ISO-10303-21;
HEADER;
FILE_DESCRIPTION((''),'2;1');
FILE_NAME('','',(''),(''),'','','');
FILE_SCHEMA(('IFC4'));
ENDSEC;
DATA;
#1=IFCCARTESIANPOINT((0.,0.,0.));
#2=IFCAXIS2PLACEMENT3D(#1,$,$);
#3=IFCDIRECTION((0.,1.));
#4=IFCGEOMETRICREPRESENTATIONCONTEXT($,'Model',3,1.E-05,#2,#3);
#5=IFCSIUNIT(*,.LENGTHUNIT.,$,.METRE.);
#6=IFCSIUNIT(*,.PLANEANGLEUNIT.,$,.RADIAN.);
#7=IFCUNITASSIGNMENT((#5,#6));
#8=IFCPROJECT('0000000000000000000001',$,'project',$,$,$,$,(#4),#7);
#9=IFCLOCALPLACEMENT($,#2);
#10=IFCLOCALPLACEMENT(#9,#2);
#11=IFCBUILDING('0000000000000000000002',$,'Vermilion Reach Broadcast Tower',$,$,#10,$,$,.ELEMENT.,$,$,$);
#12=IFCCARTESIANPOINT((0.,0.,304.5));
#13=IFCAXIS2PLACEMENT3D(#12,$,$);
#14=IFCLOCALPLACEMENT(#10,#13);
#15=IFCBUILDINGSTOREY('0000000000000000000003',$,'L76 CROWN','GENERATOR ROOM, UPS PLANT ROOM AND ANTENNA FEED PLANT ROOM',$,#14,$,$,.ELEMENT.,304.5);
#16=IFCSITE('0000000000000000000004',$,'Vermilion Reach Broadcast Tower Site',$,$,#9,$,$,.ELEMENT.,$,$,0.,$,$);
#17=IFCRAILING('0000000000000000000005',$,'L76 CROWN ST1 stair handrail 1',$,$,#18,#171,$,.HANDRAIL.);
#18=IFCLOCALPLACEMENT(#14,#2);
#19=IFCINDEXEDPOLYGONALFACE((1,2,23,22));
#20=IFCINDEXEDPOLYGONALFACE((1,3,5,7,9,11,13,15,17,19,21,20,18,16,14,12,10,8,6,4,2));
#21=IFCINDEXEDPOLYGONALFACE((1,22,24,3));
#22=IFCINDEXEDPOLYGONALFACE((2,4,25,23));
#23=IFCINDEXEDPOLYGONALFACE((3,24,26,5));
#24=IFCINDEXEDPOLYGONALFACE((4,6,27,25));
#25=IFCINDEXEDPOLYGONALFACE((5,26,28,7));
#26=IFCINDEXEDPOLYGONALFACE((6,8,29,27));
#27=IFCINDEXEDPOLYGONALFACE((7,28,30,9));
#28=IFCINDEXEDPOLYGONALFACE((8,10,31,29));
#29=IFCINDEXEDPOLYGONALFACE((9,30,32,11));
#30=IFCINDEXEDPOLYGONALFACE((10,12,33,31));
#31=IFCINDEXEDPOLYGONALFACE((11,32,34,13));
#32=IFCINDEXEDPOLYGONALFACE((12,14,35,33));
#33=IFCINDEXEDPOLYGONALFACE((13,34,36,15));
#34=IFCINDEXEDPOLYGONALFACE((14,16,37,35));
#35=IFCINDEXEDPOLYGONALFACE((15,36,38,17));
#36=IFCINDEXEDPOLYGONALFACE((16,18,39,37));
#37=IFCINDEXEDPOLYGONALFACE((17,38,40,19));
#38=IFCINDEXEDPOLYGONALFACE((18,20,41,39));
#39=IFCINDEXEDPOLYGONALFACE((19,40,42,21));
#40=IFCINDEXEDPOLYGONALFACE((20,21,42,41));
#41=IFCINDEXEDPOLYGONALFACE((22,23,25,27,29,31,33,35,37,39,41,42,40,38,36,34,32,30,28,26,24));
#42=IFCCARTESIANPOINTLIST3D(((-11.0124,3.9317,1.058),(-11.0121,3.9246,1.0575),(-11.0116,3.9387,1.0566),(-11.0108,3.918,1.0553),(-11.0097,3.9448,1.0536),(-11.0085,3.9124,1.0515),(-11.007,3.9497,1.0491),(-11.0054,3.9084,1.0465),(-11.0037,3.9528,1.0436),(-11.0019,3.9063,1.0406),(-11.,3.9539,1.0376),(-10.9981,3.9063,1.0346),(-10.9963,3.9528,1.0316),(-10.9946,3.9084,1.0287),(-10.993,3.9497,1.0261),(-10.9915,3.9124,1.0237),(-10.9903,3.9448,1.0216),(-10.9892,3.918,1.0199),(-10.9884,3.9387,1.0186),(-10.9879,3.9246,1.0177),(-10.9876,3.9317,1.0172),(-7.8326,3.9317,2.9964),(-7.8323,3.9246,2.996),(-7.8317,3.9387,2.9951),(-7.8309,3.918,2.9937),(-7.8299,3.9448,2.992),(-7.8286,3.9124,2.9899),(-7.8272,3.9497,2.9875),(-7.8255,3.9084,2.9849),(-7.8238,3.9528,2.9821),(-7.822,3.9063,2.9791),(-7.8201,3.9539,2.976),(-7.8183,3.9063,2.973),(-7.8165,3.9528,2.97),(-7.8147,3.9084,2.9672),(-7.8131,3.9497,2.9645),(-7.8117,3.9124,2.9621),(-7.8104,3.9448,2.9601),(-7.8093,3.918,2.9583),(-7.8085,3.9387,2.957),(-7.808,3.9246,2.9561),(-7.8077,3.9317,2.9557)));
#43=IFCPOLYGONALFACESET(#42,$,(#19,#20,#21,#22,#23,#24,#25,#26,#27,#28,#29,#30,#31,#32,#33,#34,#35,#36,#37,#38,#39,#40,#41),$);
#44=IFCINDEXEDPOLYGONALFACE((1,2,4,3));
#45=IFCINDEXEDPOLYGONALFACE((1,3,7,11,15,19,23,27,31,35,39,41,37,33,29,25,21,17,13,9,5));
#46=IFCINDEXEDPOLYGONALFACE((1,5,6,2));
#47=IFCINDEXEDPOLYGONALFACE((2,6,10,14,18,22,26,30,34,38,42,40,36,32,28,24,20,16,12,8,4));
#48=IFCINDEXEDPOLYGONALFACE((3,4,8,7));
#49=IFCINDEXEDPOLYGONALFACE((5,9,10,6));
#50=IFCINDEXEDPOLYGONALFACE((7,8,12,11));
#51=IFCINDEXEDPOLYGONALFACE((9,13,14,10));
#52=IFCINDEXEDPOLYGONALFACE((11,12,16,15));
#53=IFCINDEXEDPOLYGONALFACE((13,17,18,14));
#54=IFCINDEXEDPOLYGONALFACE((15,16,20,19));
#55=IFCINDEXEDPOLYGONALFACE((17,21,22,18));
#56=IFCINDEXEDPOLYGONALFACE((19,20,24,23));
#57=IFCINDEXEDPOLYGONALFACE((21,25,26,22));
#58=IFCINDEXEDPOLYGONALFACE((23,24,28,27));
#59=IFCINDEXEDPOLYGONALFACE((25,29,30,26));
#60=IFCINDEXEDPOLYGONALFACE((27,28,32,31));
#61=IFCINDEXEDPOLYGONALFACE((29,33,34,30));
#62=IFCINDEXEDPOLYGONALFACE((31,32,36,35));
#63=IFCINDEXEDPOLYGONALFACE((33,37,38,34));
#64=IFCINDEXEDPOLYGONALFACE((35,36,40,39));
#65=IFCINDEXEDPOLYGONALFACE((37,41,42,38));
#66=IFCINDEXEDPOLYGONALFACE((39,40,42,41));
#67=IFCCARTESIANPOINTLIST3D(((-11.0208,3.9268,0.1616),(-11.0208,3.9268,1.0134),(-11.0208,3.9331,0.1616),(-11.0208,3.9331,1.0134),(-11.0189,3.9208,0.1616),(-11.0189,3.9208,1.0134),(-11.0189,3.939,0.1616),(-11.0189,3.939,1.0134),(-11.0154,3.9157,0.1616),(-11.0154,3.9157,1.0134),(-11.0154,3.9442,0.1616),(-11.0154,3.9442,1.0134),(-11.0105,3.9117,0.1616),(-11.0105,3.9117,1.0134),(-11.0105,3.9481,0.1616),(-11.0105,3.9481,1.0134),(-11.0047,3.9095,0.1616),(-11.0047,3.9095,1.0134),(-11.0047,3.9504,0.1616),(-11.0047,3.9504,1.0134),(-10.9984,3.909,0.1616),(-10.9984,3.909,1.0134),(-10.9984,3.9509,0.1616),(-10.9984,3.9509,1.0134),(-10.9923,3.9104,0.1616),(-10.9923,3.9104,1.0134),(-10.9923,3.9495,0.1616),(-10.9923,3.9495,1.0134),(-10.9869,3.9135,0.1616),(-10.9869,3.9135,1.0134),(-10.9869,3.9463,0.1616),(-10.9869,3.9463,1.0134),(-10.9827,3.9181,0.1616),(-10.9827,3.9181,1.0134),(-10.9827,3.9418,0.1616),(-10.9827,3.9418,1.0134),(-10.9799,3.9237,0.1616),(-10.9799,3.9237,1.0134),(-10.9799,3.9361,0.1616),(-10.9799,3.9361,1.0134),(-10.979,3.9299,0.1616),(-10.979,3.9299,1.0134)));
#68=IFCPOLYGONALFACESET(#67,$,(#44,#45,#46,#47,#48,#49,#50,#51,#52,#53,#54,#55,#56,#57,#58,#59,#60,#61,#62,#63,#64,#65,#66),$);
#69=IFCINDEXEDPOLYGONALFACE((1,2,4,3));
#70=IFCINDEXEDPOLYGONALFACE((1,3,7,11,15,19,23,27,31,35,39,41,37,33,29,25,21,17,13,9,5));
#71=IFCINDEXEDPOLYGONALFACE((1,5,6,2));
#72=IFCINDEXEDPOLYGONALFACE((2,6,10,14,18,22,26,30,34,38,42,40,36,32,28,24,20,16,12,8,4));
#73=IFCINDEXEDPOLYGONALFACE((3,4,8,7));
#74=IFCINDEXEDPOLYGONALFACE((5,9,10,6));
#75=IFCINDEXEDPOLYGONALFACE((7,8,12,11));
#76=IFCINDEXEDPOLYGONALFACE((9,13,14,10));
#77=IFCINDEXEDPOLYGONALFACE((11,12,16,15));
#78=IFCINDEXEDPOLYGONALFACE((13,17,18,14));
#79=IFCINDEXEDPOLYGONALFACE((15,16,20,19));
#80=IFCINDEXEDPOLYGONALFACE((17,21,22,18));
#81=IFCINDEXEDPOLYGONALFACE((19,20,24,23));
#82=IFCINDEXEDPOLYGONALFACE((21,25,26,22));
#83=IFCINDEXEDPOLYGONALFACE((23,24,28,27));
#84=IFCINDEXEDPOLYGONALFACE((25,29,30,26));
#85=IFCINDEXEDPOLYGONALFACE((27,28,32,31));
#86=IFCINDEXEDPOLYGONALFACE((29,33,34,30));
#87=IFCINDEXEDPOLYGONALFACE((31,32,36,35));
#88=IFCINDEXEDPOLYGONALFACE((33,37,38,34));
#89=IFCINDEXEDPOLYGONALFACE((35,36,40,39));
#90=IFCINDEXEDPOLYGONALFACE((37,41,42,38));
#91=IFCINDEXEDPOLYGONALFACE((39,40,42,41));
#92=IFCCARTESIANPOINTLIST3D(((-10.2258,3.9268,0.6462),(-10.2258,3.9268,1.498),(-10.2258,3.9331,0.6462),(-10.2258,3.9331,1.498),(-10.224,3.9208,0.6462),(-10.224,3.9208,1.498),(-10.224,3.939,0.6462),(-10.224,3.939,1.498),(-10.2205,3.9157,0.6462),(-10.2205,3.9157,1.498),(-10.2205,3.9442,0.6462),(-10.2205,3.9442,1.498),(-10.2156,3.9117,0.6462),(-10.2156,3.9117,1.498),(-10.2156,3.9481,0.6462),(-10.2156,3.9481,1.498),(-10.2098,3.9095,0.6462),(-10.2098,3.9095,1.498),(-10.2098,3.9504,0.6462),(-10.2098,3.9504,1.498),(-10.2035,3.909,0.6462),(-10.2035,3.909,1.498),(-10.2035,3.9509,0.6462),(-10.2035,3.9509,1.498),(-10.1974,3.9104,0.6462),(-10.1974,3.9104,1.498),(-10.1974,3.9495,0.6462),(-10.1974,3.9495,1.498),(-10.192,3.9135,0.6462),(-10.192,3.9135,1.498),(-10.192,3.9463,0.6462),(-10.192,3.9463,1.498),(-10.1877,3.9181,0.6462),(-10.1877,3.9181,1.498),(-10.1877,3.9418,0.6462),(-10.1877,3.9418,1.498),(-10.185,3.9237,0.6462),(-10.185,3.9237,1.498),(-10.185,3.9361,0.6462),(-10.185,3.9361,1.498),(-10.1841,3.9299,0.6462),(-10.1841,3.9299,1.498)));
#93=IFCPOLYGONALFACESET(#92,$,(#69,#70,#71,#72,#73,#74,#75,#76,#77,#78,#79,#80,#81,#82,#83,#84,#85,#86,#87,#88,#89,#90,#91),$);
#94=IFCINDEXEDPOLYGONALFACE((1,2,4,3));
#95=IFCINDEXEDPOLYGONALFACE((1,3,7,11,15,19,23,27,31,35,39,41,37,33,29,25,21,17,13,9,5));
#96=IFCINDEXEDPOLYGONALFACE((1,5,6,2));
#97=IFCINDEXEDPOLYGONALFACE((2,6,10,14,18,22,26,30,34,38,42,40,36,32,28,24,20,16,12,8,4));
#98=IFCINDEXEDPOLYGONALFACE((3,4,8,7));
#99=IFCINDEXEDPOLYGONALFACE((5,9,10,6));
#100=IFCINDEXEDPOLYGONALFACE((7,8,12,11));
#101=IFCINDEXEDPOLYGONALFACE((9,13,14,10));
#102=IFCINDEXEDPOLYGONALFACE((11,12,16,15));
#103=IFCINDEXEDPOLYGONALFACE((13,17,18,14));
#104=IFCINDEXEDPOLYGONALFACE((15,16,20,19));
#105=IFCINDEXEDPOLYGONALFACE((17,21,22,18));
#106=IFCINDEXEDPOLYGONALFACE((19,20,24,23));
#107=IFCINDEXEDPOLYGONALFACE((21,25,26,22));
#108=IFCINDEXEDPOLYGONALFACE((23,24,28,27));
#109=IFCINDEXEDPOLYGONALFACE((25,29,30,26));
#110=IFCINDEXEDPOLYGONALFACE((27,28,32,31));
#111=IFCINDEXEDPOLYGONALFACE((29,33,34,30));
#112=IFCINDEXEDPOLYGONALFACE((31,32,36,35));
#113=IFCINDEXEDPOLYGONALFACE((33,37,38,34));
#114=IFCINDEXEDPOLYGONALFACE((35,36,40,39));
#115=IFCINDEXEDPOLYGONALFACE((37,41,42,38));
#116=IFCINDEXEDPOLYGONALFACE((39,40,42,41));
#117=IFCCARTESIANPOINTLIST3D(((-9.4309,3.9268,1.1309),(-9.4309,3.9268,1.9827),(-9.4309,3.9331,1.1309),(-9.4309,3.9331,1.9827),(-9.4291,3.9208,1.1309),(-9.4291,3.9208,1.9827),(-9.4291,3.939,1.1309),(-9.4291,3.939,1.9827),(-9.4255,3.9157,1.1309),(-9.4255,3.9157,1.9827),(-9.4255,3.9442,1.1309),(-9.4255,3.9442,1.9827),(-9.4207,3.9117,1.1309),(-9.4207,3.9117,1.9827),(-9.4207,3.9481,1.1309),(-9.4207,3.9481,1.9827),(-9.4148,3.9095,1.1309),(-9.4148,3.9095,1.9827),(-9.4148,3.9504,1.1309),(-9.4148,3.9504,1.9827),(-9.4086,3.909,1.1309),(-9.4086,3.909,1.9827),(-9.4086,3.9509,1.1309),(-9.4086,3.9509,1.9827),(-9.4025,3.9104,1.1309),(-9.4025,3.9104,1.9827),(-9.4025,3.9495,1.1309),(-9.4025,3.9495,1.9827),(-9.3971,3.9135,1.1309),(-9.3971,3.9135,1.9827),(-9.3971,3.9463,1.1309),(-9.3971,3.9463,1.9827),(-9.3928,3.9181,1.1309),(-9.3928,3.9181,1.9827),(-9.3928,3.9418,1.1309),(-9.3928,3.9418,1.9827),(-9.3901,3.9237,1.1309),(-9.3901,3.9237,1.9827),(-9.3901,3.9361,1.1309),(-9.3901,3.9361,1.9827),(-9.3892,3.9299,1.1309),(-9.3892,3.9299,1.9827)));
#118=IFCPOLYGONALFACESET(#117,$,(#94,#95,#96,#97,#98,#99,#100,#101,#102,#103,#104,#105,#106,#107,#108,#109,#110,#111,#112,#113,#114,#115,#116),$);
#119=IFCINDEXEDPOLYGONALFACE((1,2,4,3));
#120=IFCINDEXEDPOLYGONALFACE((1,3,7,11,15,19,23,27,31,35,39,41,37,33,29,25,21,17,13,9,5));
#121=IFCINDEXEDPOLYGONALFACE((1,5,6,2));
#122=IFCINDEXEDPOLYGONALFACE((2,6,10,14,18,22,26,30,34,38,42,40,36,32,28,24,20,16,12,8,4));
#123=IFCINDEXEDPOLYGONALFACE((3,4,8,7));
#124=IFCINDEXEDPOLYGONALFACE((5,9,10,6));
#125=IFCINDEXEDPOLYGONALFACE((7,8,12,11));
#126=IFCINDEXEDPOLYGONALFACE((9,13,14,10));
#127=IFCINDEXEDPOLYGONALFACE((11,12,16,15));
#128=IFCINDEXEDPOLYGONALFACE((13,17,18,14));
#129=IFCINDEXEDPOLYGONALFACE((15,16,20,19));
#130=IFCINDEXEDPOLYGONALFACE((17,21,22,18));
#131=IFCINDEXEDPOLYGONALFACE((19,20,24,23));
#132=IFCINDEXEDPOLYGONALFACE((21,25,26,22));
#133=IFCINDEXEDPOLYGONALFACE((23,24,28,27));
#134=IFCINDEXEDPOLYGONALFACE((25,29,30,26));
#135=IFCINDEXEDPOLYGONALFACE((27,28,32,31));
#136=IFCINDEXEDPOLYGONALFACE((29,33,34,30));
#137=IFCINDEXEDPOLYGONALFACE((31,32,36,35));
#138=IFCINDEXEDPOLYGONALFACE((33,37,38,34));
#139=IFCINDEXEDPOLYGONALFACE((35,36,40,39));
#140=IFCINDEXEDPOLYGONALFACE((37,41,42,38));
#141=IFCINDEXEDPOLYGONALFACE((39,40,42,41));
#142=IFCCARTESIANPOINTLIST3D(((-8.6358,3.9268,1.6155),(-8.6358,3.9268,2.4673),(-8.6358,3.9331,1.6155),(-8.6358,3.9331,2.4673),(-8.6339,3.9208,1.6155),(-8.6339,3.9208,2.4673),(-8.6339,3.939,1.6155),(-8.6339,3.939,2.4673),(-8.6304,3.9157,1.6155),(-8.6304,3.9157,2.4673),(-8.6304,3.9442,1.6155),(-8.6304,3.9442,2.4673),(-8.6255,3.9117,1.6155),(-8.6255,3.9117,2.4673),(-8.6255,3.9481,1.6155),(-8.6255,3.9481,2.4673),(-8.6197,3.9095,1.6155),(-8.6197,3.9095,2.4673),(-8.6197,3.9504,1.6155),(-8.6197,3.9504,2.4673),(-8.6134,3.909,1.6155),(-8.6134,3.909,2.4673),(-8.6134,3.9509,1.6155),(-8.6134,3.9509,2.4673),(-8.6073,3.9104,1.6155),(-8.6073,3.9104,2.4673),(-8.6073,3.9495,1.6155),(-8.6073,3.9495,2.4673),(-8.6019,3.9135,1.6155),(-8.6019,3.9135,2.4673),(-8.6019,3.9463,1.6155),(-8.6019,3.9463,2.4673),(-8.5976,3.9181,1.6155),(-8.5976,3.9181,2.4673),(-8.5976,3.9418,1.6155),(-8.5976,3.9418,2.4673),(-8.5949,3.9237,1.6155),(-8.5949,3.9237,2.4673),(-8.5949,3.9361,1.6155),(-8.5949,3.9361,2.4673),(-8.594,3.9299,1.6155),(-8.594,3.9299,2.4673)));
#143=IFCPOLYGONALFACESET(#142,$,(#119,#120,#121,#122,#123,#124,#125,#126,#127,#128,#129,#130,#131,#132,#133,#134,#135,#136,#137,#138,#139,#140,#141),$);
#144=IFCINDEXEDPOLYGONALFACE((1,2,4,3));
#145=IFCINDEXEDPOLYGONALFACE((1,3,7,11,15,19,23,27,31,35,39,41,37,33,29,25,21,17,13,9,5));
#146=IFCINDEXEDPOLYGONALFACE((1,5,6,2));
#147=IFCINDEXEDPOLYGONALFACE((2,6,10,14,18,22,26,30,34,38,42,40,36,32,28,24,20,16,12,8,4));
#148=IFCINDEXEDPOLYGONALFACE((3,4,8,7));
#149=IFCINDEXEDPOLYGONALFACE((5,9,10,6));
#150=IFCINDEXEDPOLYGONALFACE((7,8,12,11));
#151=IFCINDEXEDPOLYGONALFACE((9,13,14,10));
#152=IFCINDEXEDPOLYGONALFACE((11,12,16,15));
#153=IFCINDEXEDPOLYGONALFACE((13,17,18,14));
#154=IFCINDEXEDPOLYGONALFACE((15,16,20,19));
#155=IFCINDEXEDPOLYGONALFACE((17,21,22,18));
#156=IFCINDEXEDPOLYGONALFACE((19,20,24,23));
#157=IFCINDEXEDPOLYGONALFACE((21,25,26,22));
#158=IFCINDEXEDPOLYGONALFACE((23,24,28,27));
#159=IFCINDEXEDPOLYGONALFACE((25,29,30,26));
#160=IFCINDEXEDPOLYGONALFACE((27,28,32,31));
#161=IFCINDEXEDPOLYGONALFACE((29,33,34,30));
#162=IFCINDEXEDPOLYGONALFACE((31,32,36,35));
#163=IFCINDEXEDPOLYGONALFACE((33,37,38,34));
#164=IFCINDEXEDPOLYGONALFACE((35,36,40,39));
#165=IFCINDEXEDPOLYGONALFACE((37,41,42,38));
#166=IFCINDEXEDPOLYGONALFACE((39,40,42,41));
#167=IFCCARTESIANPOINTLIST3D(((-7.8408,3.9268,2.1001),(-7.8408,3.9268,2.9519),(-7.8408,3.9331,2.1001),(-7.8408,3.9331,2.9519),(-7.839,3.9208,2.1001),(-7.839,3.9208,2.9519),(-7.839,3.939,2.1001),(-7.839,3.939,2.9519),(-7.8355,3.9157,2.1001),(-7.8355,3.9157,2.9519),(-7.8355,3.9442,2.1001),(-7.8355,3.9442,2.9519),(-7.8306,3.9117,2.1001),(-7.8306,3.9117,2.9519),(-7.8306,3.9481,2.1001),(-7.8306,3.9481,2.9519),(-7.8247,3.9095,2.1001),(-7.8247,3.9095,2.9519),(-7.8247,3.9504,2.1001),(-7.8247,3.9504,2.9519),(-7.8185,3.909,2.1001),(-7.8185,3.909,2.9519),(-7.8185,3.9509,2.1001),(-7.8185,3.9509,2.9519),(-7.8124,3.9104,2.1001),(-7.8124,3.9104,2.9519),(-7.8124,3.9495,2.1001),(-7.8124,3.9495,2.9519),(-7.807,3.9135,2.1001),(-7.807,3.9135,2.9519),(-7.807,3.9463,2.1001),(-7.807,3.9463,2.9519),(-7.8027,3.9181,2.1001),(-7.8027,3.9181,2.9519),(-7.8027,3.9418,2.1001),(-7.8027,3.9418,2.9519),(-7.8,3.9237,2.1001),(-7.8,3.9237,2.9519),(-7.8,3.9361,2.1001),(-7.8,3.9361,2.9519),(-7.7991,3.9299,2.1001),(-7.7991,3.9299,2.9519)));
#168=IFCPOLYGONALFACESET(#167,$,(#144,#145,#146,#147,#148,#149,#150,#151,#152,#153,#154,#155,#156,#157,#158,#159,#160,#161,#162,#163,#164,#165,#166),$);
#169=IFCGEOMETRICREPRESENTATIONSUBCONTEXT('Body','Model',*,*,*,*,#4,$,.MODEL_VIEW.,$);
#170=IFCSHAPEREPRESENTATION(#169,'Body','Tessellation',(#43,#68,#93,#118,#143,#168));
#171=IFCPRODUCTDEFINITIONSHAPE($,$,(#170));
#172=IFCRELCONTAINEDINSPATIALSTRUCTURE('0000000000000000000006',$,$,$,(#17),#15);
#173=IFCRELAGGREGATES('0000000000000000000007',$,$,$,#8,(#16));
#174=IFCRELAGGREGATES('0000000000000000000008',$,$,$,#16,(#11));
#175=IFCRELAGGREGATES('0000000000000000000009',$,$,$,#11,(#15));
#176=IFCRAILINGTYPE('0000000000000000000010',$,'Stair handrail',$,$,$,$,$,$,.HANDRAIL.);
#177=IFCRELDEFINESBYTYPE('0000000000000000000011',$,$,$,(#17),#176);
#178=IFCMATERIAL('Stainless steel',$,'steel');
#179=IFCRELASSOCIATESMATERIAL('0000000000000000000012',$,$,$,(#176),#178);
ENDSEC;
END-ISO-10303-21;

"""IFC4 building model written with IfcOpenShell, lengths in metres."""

from ifc_helpers import new_model, si_unit, direction, frame, origin, origin_2d, place, context, subcontext, project, spatial, circle, extrude, material, type_object, element, save


model = new_model("IFC4")

# Units and contexts
model_context = context("Model", 3, precision=1e-05, world=origin(), true_north=direction((0.0, 1.0)))
body_context = subcontext(model_context, "Body", "Model", "MODEL_VIEW")
ifc_project = project(units=[si_unit("LENGTHUNIT", "METRE"), si_unit("PLANEANGLEUNIT", "RADIAN")], contexts=[model_context])

# Site, building, storey
site_placement = place(None, origin())
site = spatial("IfcSite", under=ifc_project, at=site_placement, Name="Vermilion Reach Broadcast Tower Site", CompositionType="ELEMENT", RefElevation=0.0)
building_placement = place(site_placement, origin())
building = spatial("IfcBuilding", under=site, at=building_placement, Name="Vermilion Reach Broadcast Tower", CompositionType="ELEMENT")
storey_placement = place(building_placement, frame((0.0, 0.0, 304.5)))
storey = spatial("IfcBuildingStorey", under=building, at=storey_placement, Name="L76 CROWN", Description="GENERATOR ROOM, UPS PLANT ROOM AND ANTENNA FEED PLANT ROOM", CompositionType="ELEMENT", Elevation=304.5)

# Railing
ifc_material_1 = material(Name="Stainless steel", Category="steel")
railing_type_1 = type_object("IfcRailingType", Name="Stair handrail", PredefinedType="HANDRAIL", material=ifc_material_1)
railing_1_placement = place(storey_placement, frame((-11.0, 3.9299, 0.1616)))
element("IfcRailing", 1, at=railing_1_placement, inside=storey, type_object=railing_type_1, Name="L76 CROWN ST1 stair handrail 1", PredefinedType="HANDRAIL", context=body_context, shape_type="SweptSolid", body=[
    extrude(circle(Radius=0.0239, at=origin_2d()), frame((0.0, 0.0, 0.876), z_axis=(0.853857, 0.0, 0.520508), x_axis=(0.0, 1.0, 0.0)), (0.0, 0.0, 1.0), 3.7241),
    extrude(circle(Radius=0.021, at=origin_2d()), origin(), (0.0, 0.0, 1.0), 0.8518),
    extrude(circle(Radius=0.021, at=origin_2d()), frame((0.7949, 0.0, 0.4846)), (0.0, 0.0, 1.0), 0.8518),
    extrude(circle(Radius=0.021, at=origin_2d()), frame((1.5898, 0.0, 0.9692)), (0.0, 0.0, 1.0), 0.8518),
    extrude(circle(Radius=0.021, at=origin_2d()), frame((2.385, 0.0, 1.4539)), (0.0, 0.0, 1.0), 0.8518),
    extrude(circle(Radius=0.021, at=origin_2d()), frame((3.1799, 0.0, 1.9385)), (0.0, 0.0, 1.0), 0.8518),
])

save(model, "model.ifc")
